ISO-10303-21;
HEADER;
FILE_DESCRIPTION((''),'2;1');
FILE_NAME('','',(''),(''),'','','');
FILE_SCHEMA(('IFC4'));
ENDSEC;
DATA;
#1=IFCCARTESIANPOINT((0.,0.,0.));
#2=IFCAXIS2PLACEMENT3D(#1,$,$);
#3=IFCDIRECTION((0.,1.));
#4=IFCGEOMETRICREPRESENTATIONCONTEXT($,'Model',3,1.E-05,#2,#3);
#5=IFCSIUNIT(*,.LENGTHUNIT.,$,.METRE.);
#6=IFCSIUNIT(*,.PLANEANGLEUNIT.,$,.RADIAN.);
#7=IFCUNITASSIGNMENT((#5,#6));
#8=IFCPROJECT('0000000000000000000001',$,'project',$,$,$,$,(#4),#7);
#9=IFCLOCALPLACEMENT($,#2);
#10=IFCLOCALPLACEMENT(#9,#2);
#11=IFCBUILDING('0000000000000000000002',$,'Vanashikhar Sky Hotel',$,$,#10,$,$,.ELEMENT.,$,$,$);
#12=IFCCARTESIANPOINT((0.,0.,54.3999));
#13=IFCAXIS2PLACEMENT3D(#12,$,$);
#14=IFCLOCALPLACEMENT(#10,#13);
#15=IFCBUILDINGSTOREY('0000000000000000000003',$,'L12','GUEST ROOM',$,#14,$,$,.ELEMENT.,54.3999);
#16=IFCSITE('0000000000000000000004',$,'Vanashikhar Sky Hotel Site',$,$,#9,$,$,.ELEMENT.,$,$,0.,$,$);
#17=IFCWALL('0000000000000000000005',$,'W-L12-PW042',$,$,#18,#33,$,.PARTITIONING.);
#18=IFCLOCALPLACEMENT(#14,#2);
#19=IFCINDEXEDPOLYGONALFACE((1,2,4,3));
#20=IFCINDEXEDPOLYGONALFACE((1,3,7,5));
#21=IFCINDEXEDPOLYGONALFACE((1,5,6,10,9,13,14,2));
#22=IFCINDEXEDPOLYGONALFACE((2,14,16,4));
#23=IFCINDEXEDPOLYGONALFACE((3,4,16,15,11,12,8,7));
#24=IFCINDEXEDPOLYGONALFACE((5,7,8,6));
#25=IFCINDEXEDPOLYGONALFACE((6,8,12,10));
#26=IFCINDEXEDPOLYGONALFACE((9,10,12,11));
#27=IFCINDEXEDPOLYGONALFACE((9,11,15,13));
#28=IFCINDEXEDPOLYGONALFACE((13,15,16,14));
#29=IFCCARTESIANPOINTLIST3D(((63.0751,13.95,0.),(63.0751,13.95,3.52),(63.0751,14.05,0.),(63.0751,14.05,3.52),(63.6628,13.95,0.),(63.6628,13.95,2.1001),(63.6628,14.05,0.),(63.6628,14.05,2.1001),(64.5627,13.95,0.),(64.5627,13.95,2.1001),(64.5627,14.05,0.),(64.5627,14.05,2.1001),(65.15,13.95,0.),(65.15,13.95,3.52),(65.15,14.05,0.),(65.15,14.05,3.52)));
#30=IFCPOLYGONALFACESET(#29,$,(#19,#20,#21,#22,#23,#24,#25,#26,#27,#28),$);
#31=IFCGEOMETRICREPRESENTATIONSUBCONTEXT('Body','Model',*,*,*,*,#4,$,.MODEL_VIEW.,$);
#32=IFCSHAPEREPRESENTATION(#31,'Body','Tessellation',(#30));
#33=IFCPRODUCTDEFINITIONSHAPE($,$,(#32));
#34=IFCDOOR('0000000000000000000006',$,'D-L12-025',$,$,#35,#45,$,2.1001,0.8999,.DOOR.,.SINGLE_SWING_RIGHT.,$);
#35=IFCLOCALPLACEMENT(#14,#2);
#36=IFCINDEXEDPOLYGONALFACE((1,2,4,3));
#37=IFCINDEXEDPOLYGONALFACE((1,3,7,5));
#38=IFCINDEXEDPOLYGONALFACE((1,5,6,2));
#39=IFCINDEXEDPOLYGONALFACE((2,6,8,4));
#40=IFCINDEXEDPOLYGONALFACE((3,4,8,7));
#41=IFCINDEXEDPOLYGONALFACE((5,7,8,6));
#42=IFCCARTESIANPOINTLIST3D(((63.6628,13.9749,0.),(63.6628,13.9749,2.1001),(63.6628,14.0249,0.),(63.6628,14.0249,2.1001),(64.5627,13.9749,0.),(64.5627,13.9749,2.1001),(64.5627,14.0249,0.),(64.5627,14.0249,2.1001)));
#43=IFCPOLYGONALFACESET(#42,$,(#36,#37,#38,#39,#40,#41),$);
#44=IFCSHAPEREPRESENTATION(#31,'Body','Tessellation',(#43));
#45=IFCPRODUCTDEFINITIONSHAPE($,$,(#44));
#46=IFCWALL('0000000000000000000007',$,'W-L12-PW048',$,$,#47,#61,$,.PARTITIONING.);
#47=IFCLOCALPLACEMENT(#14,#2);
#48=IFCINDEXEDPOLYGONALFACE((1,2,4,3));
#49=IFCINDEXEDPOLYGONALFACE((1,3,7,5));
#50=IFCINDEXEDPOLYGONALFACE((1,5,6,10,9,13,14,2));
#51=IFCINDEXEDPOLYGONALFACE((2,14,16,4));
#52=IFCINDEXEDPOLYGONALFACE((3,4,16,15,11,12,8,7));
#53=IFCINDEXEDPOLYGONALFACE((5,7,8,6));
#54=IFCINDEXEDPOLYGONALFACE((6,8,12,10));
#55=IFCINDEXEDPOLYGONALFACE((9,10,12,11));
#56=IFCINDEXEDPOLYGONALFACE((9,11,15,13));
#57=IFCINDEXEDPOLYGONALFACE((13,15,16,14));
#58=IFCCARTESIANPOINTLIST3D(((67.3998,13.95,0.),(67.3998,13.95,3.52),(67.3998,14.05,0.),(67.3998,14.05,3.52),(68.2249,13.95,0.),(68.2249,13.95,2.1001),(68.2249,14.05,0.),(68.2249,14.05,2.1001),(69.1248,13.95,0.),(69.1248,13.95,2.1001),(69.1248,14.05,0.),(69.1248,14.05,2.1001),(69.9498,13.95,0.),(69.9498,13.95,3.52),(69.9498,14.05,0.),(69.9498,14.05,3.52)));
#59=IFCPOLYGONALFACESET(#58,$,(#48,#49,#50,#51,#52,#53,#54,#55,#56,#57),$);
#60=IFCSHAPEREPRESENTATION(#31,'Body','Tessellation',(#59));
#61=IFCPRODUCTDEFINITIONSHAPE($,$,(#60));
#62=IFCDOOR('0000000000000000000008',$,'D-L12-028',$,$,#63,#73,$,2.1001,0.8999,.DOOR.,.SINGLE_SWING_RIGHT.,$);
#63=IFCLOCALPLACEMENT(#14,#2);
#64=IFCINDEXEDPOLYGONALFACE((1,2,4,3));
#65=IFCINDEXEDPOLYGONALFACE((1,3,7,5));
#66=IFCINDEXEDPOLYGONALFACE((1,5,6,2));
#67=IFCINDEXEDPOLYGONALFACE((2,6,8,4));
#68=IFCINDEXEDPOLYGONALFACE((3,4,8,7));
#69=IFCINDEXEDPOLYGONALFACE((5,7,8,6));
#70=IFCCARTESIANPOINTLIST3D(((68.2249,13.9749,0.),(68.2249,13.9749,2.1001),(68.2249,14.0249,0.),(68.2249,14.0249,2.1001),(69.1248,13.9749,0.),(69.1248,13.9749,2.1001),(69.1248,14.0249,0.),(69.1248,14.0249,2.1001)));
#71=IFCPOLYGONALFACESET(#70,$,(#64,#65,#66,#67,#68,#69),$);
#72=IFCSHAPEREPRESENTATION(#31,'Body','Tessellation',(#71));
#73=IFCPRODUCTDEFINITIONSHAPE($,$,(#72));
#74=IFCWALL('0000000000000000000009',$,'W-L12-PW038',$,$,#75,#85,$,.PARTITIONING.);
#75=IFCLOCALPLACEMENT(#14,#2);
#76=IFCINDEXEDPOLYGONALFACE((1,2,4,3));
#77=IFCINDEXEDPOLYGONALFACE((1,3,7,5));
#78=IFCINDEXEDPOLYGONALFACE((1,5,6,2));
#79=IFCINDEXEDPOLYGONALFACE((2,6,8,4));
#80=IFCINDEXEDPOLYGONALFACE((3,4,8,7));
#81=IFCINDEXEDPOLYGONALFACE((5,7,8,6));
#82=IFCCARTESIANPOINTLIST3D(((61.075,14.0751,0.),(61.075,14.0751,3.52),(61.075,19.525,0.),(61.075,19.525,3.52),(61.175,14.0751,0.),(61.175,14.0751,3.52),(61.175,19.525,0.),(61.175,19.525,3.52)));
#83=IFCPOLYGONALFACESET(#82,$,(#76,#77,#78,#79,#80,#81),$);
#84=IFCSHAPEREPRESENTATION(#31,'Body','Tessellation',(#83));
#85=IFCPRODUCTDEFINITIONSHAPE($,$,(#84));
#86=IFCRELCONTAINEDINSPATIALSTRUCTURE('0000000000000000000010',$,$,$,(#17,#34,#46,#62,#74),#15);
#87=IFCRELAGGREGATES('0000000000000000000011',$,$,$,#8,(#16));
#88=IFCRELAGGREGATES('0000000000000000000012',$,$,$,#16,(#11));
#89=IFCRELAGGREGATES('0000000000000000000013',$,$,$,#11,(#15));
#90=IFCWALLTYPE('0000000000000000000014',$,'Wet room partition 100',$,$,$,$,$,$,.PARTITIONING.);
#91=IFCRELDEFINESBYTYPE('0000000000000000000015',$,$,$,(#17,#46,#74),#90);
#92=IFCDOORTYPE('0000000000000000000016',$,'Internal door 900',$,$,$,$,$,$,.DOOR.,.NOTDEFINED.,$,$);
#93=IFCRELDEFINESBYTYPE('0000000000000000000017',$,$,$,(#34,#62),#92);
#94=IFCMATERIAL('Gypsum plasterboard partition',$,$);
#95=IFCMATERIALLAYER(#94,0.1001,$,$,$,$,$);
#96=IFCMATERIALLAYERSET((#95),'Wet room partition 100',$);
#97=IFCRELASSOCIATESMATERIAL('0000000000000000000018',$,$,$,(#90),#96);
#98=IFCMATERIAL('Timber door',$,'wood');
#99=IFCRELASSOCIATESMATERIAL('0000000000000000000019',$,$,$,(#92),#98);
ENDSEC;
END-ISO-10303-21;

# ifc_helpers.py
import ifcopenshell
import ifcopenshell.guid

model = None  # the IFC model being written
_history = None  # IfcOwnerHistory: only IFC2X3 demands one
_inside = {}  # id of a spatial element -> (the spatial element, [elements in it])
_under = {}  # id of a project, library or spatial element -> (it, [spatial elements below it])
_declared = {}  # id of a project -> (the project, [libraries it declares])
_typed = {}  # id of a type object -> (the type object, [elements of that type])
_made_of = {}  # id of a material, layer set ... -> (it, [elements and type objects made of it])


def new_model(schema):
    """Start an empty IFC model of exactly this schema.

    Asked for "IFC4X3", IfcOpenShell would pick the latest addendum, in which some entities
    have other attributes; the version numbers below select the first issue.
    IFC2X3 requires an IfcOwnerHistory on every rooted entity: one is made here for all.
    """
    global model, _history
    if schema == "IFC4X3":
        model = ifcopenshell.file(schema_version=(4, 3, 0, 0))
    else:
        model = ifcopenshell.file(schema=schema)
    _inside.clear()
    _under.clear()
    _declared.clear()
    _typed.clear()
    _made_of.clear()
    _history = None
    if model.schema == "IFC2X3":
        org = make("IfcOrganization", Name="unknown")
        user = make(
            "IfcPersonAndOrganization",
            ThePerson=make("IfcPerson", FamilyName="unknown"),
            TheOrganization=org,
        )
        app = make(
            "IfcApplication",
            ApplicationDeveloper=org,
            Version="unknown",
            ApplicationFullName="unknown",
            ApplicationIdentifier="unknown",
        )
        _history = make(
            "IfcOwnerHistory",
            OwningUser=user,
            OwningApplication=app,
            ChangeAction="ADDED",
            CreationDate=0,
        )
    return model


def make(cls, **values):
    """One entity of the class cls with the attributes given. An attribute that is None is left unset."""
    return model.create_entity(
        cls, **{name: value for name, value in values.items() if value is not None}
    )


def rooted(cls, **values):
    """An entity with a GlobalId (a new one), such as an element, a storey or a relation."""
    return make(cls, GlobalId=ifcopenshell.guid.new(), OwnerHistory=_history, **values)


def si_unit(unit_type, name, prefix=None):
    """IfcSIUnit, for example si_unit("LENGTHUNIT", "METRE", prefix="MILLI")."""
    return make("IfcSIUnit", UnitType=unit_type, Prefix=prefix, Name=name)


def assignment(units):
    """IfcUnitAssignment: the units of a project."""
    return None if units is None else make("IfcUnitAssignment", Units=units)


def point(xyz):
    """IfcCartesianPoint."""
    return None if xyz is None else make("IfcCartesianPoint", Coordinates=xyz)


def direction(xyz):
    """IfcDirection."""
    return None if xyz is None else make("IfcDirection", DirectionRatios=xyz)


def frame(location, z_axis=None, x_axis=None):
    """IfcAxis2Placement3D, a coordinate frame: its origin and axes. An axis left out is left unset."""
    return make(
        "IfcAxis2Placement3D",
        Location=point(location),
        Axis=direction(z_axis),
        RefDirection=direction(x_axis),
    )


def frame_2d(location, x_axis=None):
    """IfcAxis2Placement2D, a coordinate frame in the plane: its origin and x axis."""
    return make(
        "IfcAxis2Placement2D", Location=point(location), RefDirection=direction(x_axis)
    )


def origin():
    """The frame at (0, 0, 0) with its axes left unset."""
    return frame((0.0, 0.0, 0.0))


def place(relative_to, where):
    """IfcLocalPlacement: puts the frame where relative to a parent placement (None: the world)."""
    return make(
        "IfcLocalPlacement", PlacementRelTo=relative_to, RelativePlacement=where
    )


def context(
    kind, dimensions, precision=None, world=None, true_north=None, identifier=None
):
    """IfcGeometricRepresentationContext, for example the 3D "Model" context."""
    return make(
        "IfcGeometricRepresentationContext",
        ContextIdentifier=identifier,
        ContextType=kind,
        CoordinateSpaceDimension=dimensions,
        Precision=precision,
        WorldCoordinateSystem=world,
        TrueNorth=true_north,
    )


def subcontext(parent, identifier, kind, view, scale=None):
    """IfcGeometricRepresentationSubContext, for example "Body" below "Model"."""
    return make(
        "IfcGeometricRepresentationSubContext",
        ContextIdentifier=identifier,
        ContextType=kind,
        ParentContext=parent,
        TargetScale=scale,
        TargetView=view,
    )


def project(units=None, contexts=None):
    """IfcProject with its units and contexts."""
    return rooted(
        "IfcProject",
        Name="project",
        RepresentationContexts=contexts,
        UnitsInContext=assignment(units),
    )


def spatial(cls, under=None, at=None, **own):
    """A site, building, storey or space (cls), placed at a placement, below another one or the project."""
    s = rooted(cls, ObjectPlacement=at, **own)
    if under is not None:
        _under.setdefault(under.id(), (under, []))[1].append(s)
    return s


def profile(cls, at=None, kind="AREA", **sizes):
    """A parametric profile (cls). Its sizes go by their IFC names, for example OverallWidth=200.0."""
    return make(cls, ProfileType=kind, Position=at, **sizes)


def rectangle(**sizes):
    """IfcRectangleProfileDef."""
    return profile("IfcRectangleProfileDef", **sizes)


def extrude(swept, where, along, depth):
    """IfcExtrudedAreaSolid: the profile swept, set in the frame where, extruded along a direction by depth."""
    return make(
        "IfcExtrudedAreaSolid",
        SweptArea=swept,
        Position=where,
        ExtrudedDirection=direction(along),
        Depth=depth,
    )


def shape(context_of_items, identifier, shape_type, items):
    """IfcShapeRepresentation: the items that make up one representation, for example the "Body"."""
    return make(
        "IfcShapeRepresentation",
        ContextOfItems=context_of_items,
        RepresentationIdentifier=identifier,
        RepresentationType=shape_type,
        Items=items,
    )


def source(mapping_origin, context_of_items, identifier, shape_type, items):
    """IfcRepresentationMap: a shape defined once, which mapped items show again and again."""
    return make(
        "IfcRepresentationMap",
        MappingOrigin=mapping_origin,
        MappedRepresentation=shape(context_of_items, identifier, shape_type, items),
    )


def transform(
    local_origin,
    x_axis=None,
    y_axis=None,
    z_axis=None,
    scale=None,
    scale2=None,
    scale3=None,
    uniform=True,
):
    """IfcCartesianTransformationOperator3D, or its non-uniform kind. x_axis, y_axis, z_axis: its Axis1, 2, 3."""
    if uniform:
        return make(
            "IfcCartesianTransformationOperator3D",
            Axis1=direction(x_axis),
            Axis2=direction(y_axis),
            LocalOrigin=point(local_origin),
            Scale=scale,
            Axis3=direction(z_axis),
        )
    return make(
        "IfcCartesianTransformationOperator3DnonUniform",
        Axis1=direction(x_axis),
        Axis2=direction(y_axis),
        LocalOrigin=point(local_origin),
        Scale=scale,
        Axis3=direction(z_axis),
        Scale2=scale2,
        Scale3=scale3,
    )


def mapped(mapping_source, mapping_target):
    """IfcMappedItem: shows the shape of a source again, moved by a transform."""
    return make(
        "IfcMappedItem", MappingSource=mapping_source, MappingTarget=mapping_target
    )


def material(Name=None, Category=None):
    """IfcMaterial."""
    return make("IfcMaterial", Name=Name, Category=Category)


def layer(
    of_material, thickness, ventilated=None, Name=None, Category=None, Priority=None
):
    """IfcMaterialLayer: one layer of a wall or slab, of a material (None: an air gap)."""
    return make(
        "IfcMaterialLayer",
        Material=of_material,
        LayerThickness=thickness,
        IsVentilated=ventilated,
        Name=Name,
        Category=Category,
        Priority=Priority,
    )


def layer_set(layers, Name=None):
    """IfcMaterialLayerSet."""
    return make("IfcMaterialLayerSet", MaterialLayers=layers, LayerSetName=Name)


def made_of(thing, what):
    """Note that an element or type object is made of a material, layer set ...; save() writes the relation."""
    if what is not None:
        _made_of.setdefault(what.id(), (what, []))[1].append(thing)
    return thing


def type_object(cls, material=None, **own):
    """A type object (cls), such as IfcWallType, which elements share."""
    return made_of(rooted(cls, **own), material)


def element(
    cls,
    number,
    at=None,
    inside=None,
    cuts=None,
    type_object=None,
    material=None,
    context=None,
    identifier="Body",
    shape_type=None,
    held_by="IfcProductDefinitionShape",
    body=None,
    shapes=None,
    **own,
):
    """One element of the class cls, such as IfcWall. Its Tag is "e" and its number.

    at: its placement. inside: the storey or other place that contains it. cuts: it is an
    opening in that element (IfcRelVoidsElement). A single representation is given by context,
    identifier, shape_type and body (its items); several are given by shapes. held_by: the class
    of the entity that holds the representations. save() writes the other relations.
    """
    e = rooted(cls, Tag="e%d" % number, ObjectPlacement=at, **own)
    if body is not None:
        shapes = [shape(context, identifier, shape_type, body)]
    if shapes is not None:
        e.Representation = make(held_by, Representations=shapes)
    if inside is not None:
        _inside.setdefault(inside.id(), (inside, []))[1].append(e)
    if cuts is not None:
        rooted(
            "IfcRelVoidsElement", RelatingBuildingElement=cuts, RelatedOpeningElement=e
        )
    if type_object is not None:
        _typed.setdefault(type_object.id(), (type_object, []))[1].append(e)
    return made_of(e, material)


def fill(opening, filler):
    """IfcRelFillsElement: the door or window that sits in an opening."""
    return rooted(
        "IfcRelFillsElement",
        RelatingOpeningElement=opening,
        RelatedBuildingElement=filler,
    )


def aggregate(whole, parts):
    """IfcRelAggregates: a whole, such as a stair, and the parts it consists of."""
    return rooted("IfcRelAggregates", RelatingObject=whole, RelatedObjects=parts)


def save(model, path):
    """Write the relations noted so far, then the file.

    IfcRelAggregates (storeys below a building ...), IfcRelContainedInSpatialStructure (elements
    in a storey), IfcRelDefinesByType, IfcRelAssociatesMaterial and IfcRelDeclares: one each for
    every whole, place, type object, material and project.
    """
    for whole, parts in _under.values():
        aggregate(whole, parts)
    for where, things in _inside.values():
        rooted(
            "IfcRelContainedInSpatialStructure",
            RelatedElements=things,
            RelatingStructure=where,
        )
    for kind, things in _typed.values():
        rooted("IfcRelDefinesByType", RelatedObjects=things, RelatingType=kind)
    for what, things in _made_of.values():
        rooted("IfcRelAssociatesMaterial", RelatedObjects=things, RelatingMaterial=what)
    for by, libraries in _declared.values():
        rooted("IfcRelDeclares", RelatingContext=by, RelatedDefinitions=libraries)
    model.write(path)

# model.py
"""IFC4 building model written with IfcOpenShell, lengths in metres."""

from ifc_helpers import new_model, si_unit, direction, frame, frame_2d, origin, place, context, subcontext, project, spatial, rectangle, extrude, source, transform, mapped, material, layer, layer_set, type_object, element, fill, save


model = new_model("IFC4")

# Units and contexts
model_context = context("Model", 3, precision=1e-05, world=origin(), true_north=direction((0.0, 1.0)))
body_context = subcontext(model_context, "Body", "Model", "MODEL_VIEW")
ifc_project = project(units=[si_unit("LENGTHUNIT", "METRE"), si_unit("PLANEANGLEUNIT", "RADIAN")], contexts=[model_context])

# Site, building, storey
site_placement = place(None, origin())
site = spatial("IfcSite", under=ifc_project, at=site_placement, Name="Vanashikhar Sky Hotel Site", CompositionType="ELEMENT", RefElevation=0.0)
building_placement = place(site_placement, origin())
building = spatial("IfcBuilding", under=site, at=building_placement, Name="Vanashikhar Sky Hotel", CompositionType="ELEMENT")
storey_placement = place(building_placement, frame((0.0, 0.0, 54.3999)))
storey = spatial("IfcBuildingStorey", under=building, at=storey_placement, Name="L12", Description="GUEST ROOM", CompositionType="ELEMENT", Elevation=54.3999)

# Shared definitions
ifc_material_1 = material(Name="Gypsum plasterboard partition")

# Walls, openings, doors
ifc_layer_1 = layer(ifc_material_1, 0.1001)
ifc_layer_set_1 = layer_set([ifc_layer_1], Name="Wet room partition 100")
wall_type_1 = type_object("IfcWallType", Name="Wet room partition 100", PredefinedType="PARTITIONING", material=ifc_layer_set_1)
shared_shape_1 = source(origin(), body_context, "Body", "SweptSolid", [
    extrude(rectangle(XDim=0.8999, YDim=2.1001, at=frame_2d((0.45, 1.05))), frame((0.0, 0.0601, 0.0), z_axis=(0.0, -1.0, 0.0), x_axis=(1.0, 0.0, 0.0)), (0.0, 0.0, 1.0), 0.1201),
])
ifc_material_2 = material(Name="Timber door", Category="wood")
door_type_1 = type_object("IfcDoorType", Name="Internal door 900", OperationType="NOTDEFINED", PredefinedType="DOOR", material=ifc_material_2)
shared_shape_2 = source(origin(), body_context, "Body", "SweptSolid", [
    extrude(rectangle(XDim=0.8999, YDim=2.1001, at=frame_2d((0.45, 1.05))), frame((0.0, 0.0249, 0.0), z_axis=(0.0, -1.0, 0.0), x_axis=(1.0, 0.0, 0.0)), (0.0, 0.0, 1.0), 0.05),
])
shared_shape_3 = source(origin(), body_context, "Body", "SweptSolid", [
    extrude(rectangle(XDim=2.075, YDim=0.1001, at=frame_2d((1.0376, 0.0))), origin(), (0.0, 0.0, 1.0), 3.52),
])
wall_1_placement = place(storey_placement, frame((63.075, 14.0, 0.0), z_axis=(0.0, 0.0, 1.0), x_axis=(1.0, 0.0, 0.0)))
wall_1 = element("IfcWall", 1, at=wall_1_placement, inside=storey, type_object=wall_type_1, Name="W-L12-PW042", PredefinedType="PARTITIONING", context=body_context, shape_type="MappedRepresentation", body=[
    mapped(shared_shape_3, transform((0.0, 0.0, 0.0), scale=1.0)),
])
opening_1_placement = place(wall_1_placement, frame((0.5879, 0.0, 0.0)))
opening_1 = element("IfcOpeningElement", 2, at=opening_1_placement, cuts=wall_1, PredefinedType="OPENING", context=body_context, shape_type="MappedRepresentation", body=[
    mapped(shared_shape_1, transform((0.0, 0.0, 0.0), scale=1.0)),
])
door_1_placement = place(opening_1_placement, origin())
door_1 = element("IfcDoor", 3, at=door_1_placement, inside=storey, type_object=door_type_1, Name="D-L12-025", OperationType="SINGLE_SWING_RIGHT", OverallHeight=2.1001, OverallWidth=0.8999, PredefinedType="DOOR", context=body_context, shape_type="MappedRepresentation", body=[
    mapped(shared_shape_2, transform((0.0, 0.0, 0.0), scale=1.0)),
])
fill(opening_1, door_1)
shared_shape_4 = source(origin(), body_context, "Body", "SweptSolid", [
    extrude(rectangle(XDim=2.55, YDim=0.1001, at=frame_2d((1.2749, 0.0))), origin(), (0.0, 0.0, 1.0), 3.52),
])
wall_2_placement = place(storey_placement, frame((67.3999, 14.0, 0.0), z_axis=(0.0, 0.0, 1.0), x_axis=(1.0, 0.0, 0.0)))
wall_2 = element("IfcWall", 4, at=wall_2_placement, inside=storey, type_object=wall_type_1, Name="W-L12-PW048", PredefinedType="PARTITIONING", context=body_context, shape_type="MappedRepresentation", body=[
    mapped(shared_shape_4, transform((0.0, 0.0, 0.0), scale=1.0)),
])
opening_2_placement = place(wall_2_placement, frame((0.825, 0.0, 0.0)))
opening_2 = element("IfcOpeningElement", 5, at=opening_2_placement, cuts=wall_2, PredefinedType="OPENING", context=body_context, shape_type="MappedRepresentation", body=[
    mapped(shared_shape_1, transform((0.0, 0.0, 0.0), scale=1.0)),
])
door_2_placement = place(opening_2_placement, origin())
door_2 = element("IfcDoor", 6, at=door_2_placement, inside=storey, type_object=door_type_1, Name="D-L12-028", OperationType="SINGLE_SWING_RIGHT", OverallHeight=2.1001, OverallWidth=0.8999, PredefinedType="DOOR", context=body_context, shape_type="MappedRepresentation", body=[
    mapped(shared_shape_2, transform((0.0, 0.0, 0.0), scale=1.0)),
])
fill(opening_2, door_2)

# Wall
shared_shape_5 = source(origin(), body_context, "Body", "SweptSolid", [
    extrude(rectangle(XDim=5.45, YDim=0.1001, at=frame_2d((2.7251, 0.0))), origin(), (0.0, 0.0, 1.0), 3.52),
])
wall_3_placement = place(storey_placement, frame((61.125, 14.075, 0.0), z_axis=(0.0, 0.0, 1.0), x_axis=(0.0, 1.0, 0.0)))
element("IfcWall", 7, at=wall_3_placement, inside=storey, type_object=wall_type_1, Name="W-L12-PW038", PredefinedType="PARTITIONING", context=body_context, shape_type="MappedRepresentation", body=[
    mapped(shared_shape_5, transform((0.0, 0.0, 0.0), scale=1.0)),
])

save(model, "model.ifc")
